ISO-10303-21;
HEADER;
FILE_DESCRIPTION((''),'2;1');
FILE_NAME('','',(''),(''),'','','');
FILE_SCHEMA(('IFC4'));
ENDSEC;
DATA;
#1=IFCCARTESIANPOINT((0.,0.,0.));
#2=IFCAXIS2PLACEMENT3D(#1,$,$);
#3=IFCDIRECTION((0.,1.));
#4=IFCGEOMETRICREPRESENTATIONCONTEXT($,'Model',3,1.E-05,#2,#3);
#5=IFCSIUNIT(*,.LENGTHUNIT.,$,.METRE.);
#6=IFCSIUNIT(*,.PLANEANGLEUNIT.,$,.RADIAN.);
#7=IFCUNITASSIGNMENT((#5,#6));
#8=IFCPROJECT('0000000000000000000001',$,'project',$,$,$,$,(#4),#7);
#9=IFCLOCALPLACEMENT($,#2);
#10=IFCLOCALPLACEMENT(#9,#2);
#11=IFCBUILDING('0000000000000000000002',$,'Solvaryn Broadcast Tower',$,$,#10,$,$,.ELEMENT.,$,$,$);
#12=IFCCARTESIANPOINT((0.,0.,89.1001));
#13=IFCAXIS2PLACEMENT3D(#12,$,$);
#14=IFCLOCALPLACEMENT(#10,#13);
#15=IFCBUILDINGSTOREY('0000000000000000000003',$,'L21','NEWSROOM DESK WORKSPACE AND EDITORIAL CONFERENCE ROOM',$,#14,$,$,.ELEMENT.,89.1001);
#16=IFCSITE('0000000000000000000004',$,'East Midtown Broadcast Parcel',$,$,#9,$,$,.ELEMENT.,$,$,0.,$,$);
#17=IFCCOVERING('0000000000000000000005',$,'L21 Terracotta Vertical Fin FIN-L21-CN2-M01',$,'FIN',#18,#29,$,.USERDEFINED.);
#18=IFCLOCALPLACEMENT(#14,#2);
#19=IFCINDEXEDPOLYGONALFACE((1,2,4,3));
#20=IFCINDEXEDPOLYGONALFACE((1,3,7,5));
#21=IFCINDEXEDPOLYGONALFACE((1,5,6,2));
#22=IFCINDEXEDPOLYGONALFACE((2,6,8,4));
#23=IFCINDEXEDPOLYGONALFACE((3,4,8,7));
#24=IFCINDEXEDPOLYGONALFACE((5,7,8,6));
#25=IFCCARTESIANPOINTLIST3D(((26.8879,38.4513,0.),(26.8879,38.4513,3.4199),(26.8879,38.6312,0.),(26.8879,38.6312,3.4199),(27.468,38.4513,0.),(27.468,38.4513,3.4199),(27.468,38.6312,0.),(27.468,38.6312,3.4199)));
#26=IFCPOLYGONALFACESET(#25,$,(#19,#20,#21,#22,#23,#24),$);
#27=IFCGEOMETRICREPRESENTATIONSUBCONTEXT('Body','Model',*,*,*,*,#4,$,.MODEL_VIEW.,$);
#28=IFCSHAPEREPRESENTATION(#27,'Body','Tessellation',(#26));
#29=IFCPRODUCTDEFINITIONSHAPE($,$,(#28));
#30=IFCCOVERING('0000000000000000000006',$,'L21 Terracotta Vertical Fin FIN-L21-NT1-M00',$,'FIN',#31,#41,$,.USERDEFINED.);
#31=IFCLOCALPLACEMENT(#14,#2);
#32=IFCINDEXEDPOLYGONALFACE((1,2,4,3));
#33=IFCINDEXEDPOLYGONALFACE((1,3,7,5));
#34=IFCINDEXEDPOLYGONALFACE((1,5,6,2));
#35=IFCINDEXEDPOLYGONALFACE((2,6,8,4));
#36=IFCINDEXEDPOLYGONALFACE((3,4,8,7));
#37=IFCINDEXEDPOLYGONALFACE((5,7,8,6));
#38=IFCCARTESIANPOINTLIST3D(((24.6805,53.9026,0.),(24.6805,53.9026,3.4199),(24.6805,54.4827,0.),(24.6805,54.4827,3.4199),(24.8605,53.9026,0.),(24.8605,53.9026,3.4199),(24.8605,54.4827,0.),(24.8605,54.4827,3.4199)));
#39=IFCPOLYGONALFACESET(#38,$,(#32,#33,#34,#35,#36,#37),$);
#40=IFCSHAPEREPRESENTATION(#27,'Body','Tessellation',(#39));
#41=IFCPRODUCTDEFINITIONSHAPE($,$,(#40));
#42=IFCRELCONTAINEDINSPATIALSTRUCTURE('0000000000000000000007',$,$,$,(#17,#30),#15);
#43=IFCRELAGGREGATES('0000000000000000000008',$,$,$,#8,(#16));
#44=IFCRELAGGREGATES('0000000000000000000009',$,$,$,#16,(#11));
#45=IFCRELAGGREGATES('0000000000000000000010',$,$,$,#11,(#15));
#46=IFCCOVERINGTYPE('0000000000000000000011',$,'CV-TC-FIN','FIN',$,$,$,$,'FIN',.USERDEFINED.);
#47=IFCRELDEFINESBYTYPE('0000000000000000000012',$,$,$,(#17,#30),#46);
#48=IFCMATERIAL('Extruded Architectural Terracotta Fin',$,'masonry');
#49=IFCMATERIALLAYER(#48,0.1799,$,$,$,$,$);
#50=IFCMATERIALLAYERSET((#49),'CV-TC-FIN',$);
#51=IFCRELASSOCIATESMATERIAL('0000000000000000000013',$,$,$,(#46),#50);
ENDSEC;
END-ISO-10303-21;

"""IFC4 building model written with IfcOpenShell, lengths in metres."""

from ifc_helpers import new_model, si_unit, direction, frame, origin, origin_2d, place, context, subcontext, project, spatial, rectangle, extrude, material, layer, layer_set, type_object, element, save


model = new_model("IFC4")

# Units and contexts
model_context = context("Model", 3, precision=1e-05, world=origin(), true_north=direction((0.0, 1.0)))
body_context = subcontext(model_context, "Body", "Model", "MODEL_VIEW")
ifc_project = project(units=[si_unit("LENGTHUNIT", "METRE"), si_unit("PLANEANGLEUNIT", "RADIAN")], contexts=[model_context])

# Site, building, storey
site_placement = place(None, origin())
site = spatial("IfcSite", under=ifc_project, at=site_placement, Name="East Midtown Broadcast Parcel", CompositionType="ELEMENT", RefElevation=0.0)
building_placement = place(site_placement, origin())
building = spatial("IfcBuilding", under=site, at=building_placement, Name="Solvaryn Broadcast Tower", CompositionType="ELEMENT")
storey_placement = place(building_placement, frame((0.0, 0.0, 89.1001)))
storey = spatial("IfcBuildingStorey", under=building, at=storey_placement, Name="L21", Description="NEWSROOM DESK WORKSPACE AND EDITORIAL CONFERENCE ROOM", CompositionType="ELEMENT", Elevation=89.1001)

# Coverings
ifc_material_1 = material(Name="Extruded Architectural Terracotta Fin", Category="masonry")
ifc_layer_1 = layer(ifc_material_1, 0.1799)
ifc_layer_set_1 = layer_set([ifc_layer_1], Name="CV-TC-FIN")
covering_type = type_object("IfcCoveringType", Name="CV-TC-FIN", Description="FIN", ElementType="FIN", PredefinedType="USERDEFINED", material=ifc_layer_set_1)
for number, where, z_axis, x_axis, name in (
    (1, (27.178, 38.5413, 0.0), (0.0, 0.0, 1.0), (1.0, 0.0, 0.0), "L21 Terracotta Vertical Fin FIN-L21-CN2-M01"),
):
    element("IfcCovering", number, at=place(storey_placement, frame(where, z_axis=z_axis, x_axis=x_axis)), inside=storey, type_object=covering_type, Name=name, ObjectType="FIN", PredefinedType="USERDEFINED", context=body_context, shape_type="SweptSolid", body=[
        extrude(rectangle(XDim=0.5801, YDim=0.1799, at=origin_2d()), origin(), (0.0, 0.0, 1.0), 3.4199),
    ])
covering_1_placement = place(storey_placement, frame((24.7705, 54.1926, 0.0), z_axis=(0.0, 0.0, 1.0), x_axis=(1.0, 0.0, 0.0)))
element("IfcCovering", 2, at=covering_1_placement, inside=storey, type_object=covering_type, Name="L21 Terracotta Vertical Fin FIN-L21-NT1-M00", ObjectType="FIN", PredefinedType="USERDEFINED", context=body_context, shape_type="SweptSolid", body=[
    extrude(rectangle(XDim=0.1799, YDim=0.5801, at=origin_2d()), origin(), (0.0, 0.0, 1.0), 3.4199),
])

save(model, "model.ifc")
